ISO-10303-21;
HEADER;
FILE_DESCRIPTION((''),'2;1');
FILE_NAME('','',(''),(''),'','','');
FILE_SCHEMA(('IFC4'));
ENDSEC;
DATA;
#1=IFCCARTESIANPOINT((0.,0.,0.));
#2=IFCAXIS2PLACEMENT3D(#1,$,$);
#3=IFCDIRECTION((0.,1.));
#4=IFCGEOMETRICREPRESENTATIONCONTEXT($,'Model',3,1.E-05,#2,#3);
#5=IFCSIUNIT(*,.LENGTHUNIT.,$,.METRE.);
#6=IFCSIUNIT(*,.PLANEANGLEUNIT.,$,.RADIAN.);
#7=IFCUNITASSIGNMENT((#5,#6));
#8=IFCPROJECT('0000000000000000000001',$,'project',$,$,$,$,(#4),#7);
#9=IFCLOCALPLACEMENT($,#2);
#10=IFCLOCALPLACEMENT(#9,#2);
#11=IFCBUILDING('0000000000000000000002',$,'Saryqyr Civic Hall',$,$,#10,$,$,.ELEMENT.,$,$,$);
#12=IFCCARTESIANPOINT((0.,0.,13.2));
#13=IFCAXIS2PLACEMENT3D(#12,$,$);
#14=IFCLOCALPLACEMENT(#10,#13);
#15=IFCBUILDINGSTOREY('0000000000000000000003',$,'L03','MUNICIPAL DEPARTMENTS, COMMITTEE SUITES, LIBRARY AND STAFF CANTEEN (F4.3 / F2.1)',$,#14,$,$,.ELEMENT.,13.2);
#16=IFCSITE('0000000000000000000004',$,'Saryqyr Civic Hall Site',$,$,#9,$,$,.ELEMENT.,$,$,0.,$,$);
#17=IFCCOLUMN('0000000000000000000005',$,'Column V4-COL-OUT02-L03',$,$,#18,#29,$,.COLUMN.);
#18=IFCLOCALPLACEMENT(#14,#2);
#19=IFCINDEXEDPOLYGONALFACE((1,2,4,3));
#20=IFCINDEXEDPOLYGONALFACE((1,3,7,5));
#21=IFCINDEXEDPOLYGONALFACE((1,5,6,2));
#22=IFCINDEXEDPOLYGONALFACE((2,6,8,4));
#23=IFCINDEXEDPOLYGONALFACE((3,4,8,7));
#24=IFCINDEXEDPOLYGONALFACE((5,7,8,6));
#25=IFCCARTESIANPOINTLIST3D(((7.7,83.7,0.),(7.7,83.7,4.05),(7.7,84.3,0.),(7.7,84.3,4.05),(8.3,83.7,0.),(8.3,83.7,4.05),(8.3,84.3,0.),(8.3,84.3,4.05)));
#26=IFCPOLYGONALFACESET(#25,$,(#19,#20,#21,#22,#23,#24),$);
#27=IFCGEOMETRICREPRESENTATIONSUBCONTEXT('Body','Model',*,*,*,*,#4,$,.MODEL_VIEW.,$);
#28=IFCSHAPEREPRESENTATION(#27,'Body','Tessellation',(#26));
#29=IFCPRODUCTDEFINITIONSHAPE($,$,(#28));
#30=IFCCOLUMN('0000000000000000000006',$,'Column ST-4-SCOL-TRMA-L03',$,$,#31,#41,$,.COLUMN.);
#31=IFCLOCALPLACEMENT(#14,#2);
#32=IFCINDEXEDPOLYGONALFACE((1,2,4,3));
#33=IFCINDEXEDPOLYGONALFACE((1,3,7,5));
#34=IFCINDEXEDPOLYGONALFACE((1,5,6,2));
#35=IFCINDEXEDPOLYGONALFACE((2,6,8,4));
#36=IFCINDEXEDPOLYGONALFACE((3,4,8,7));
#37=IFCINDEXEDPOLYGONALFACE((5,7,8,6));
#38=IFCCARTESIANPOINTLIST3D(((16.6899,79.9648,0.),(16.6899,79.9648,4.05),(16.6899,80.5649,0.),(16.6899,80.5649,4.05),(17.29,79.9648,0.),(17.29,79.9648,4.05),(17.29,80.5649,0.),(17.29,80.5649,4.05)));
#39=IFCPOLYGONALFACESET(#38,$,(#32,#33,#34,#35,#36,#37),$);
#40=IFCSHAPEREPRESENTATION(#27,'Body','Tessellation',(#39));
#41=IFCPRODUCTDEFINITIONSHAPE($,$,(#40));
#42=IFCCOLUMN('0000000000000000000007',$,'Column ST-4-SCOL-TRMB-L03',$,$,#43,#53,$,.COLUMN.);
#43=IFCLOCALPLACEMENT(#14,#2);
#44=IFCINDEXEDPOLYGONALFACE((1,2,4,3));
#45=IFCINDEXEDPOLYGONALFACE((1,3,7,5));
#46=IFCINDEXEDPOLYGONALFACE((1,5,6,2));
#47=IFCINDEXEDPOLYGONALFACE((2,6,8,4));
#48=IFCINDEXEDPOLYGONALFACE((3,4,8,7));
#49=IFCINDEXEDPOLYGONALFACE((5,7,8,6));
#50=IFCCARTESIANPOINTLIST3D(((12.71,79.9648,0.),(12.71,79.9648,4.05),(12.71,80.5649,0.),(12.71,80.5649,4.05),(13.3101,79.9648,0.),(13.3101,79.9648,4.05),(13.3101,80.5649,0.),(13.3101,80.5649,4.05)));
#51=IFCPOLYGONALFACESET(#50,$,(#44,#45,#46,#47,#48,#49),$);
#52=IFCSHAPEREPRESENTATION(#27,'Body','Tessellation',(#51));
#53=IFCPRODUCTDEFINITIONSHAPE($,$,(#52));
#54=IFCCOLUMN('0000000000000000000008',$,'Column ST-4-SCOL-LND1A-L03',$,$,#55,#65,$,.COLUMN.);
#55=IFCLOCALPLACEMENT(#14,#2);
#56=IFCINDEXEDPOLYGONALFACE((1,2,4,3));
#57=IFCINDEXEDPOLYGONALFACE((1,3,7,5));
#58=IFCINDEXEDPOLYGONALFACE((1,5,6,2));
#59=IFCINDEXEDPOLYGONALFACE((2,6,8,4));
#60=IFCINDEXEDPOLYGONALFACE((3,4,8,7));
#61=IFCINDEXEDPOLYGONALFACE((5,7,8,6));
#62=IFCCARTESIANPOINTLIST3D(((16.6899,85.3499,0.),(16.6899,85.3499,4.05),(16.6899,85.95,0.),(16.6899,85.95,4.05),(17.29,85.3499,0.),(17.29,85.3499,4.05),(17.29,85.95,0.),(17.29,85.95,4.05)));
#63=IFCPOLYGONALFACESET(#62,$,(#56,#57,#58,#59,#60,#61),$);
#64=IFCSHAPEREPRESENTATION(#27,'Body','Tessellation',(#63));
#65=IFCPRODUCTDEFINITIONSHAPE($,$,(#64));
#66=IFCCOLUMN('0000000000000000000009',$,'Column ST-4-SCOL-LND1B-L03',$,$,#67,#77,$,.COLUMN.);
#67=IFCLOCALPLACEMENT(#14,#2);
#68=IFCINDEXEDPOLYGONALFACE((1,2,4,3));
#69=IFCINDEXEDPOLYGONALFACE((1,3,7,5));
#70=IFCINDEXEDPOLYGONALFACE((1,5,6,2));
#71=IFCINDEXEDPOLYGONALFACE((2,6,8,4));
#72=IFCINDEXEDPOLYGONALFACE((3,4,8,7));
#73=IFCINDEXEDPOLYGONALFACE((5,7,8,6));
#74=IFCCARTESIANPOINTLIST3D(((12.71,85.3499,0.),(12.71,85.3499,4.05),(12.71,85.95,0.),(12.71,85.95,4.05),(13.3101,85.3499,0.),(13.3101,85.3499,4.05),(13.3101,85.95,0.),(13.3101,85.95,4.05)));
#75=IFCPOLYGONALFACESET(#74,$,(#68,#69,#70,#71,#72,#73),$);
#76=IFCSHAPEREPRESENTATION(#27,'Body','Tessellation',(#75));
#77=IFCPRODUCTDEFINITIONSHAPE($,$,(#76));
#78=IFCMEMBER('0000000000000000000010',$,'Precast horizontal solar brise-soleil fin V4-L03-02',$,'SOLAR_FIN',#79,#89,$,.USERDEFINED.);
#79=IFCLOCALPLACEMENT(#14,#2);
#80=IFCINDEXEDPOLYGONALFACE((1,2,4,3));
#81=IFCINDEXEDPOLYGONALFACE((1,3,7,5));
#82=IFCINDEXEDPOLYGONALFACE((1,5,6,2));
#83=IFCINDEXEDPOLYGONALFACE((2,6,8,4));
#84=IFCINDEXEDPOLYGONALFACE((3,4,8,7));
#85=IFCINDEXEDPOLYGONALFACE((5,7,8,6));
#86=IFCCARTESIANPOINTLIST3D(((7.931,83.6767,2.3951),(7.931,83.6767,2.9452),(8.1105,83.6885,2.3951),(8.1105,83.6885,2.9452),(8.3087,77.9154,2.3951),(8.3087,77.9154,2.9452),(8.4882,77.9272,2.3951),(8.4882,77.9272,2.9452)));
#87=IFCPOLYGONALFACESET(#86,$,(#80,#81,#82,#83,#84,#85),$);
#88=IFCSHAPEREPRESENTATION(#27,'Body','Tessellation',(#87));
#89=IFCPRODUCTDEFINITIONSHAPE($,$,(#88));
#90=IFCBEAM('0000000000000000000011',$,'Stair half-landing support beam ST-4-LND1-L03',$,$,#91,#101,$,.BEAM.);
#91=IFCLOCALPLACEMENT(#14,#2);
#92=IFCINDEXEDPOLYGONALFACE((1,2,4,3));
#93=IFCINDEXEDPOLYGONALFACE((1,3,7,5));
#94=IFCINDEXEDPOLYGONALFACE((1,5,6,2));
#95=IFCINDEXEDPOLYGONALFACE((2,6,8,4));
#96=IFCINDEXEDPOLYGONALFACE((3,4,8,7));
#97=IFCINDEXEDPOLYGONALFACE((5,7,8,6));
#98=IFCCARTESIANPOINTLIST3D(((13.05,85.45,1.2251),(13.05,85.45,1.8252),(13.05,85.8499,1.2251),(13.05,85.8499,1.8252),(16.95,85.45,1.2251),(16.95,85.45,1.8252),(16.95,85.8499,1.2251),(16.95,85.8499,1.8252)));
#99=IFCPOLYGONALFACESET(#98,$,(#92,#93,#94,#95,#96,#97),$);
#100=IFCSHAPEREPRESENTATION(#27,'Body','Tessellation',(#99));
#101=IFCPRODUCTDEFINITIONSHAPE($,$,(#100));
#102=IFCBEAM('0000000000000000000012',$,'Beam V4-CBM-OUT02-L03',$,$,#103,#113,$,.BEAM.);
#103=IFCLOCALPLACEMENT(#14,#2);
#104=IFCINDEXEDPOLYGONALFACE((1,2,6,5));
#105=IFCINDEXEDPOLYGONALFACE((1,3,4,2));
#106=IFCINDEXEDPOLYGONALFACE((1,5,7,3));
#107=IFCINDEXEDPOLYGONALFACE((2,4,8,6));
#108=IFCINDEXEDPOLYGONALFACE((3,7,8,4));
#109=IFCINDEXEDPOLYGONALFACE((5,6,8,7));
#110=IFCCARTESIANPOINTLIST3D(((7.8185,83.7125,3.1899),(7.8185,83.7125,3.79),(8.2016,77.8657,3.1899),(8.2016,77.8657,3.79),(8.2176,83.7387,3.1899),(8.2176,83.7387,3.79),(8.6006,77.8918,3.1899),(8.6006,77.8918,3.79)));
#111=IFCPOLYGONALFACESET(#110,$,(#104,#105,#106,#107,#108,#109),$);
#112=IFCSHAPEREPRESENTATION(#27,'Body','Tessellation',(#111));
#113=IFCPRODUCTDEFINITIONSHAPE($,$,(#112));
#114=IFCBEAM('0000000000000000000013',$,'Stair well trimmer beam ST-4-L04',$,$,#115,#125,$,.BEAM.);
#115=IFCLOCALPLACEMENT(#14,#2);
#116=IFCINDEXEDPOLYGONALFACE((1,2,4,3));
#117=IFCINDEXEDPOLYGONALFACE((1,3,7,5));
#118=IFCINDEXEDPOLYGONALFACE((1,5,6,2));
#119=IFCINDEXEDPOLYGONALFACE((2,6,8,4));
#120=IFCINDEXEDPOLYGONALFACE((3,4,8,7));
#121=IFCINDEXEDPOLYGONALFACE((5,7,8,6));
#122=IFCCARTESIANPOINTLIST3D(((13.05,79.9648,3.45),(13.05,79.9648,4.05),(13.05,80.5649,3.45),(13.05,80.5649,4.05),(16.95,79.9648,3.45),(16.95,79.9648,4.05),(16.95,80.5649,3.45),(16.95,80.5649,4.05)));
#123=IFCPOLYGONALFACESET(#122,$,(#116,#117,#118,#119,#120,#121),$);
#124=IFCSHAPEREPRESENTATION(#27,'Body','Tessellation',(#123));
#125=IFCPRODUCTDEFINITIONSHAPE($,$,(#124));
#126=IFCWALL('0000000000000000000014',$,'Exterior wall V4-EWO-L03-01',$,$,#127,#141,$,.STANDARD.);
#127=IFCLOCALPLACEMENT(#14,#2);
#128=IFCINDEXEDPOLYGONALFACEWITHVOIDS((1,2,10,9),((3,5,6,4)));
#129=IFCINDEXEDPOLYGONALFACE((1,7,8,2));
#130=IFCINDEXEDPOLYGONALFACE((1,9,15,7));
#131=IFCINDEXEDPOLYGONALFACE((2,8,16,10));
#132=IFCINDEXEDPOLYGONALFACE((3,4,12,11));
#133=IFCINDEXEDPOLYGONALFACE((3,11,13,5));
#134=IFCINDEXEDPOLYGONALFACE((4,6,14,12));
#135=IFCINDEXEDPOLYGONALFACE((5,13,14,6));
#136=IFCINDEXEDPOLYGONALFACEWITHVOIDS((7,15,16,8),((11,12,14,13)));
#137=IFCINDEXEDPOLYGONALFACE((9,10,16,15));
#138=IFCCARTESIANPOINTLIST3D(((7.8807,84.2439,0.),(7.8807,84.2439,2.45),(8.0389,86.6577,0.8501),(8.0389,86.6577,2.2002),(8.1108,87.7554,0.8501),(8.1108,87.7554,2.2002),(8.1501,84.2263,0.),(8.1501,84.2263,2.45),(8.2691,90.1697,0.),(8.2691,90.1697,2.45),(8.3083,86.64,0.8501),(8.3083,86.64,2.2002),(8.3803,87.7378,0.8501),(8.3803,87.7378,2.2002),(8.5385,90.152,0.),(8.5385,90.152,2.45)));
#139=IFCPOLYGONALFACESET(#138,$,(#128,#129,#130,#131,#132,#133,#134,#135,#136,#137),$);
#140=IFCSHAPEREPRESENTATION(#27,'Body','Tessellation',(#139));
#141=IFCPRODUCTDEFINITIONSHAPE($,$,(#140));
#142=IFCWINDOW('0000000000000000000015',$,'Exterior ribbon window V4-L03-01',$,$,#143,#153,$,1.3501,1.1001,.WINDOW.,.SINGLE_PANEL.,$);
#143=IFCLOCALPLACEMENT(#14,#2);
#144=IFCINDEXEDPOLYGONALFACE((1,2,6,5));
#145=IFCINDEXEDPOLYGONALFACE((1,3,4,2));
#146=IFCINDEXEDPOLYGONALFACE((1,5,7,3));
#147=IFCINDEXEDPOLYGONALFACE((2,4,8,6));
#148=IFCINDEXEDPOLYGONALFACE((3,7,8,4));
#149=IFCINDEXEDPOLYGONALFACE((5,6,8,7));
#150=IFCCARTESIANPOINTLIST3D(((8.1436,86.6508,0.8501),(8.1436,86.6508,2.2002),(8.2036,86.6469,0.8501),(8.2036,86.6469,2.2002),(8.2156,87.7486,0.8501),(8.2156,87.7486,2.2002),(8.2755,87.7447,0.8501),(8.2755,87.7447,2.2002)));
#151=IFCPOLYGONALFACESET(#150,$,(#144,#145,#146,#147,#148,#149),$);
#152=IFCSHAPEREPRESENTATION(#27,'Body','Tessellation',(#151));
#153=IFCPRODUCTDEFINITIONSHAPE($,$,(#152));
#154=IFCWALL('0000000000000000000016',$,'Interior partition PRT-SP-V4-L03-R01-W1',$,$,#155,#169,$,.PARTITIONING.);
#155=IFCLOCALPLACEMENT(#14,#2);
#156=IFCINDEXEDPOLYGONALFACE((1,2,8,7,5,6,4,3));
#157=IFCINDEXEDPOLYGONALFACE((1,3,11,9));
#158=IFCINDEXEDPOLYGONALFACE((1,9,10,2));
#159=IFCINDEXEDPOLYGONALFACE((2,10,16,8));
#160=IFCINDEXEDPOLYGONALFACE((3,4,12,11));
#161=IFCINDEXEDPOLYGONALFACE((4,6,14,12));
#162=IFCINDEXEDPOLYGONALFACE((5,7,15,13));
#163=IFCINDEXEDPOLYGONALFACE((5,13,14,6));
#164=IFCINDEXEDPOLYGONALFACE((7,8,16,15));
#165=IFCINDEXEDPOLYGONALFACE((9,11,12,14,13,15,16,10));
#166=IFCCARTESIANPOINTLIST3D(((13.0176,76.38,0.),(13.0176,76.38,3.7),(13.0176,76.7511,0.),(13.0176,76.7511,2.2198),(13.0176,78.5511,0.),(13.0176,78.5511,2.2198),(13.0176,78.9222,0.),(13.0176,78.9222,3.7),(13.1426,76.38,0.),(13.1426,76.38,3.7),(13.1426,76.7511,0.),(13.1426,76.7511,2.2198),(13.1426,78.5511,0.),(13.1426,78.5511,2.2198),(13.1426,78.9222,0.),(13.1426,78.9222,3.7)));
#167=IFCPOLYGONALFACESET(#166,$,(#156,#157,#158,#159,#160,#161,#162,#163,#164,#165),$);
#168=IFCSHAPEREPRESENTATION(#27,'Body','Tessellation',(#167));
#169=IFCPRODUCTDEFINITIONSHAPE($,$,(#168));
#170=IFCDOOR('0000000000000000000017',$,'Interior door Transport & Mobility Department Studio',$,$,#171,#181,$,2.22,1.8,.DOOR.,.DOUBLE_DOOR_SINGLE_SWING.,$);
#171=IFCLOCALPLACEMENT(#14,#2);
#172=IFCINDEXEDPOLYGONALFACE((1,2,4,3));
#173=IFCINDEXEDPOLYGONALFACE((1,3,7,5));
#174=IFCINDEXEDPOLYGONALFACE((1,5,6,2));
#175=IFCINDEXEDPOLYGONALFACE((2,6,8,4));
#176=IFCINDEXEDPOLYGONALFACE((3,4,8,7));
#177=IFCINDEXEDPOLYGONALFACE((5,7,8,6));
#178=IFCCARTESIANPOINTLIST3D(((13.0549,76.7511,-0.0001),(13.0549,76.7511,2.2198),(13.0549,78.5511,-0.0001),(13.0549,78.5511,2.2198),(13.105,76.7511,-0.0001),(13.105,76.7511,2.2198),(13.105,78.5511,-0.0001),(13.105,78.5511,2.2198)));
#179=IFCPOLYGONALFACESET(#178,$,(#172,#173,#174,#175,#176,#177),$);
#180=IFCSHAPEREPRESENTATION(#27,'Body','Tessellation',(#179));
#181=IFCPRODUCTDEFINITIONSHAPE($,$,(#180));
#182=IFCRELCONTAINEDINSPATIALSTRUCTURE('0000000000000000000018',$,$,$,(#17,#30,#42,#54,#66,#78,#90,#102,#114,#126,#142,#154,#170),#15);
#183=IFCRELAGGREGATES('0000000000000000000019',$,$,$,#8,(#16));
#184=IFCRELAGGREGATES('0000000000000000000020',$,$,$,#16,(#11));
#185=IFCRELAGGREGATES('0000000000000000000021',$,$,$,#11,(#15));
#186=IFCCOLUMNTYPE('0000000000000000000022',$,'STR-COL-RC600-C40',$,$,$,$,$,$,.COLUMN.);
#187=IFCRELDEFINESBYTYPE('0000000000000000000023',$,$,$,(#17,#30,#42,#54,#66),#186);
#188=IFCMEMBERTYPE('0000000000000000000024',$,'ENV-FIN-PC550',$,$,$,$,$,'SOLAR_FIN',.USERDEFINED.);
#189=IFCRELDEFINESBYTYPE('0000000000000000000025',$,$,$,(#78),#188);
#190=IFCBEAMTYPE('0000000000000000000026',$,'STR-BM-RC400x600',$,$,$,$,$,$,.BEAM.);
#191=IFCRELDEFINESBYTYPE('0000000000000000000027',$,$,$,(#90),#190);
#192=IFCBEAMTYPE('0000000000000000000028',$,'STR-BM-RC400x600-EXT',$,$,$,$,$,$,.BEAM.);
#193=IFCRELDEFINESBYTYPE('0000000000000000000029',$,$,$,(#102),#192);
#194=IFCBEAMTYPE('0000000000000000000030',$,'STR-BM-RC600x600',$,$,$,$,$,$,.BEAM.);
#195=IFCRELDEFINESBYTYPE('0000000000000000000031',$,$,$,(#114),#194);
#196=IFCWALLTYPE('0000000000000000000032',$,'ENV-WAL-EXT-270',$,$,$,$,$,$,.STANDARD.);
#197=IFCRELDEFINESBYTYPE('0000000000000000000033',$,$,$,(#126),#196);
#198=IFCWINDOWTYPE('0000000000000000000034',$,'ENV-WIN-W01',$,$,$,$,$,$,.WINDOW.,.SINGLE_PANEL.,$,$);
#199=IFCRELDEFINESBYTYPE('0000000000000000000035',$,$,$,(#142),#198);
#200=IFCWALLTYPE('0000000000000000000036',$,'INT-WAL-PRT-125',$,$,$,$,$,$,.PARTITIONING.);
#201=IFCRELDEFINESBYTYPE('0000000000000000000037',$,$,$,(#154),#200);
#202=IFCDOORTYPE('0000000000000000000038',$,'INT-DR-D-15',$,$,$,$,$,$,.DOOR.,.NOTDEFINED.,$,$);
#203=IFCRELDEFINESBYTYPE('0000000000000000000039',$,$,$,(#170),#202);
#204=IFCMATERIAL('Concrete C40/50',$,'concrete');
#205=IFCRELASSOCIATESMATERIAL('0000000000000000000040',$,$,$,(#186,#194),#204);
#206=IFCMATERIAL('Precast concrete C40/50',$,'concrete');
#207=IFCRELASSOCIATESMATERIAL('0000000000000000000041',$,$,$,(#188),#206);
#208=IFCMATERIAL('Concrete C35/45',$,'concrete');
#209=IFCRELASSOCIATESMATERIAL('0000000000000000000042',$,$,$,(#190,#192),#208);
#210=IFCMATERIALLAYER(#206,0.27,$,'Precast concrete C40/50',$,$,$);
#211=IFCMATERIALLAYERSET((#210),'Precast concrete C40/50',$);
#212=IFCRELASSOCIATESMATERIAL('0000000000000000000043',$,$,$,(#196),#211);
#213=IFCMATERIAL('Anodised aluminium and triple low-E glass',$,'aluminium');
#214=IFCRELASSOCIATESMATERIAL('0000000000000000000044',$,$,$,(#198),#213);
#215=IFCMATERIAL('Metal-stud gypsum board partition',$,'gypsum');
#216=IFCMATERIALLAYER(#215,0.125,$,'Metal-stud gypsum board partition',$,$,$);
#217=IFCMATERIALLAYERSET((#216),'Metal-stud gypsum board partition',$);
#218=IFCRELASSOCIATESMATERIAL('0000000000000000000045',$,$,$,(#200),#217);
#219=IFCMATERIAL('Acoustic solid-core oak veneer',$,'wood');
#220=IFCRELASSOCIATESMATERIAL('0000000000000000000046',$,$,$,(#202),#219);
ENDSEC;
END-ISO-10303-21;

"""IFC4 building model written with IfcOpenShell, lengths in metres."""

from ifc_helpers import new_model, si_unit, direction, frame, frame_2d, origin, origin_2d, place, context, subcontext, project, spatial, rectangle, extrude, material, layer, layer_set, material_profile, profile_set, type_object, element, fill, save


model = new_model("IFC4")

# Units and contexts
model_context = context("Model", 3, precision=1e-05, world=origin(), true_north=direction((0.0, 1.0)))
body_context = subcontext(model_context, "Body", "Model", "MODEL_VIEW")
ifc_project = project(units=[si_unit("LENGTHUNIT", "METRE"), si_unit("PLANEANGLEUNIT", "RADIAN")], contexts=[model_context])

# Site, building, storey
site_placement = place(None, origin())
site = spatial("IfcSite", under=ifc_project, at=site_placement, Name="Saryqyr Civic Hall Site", CompositionType="ELEMENT", RefElevation=0.0)
building_placement = place(site_placement, origin())
building = spatial("IfcBuilding", under=site, at=building_placement, Name="Saryqyr Civic Hall", CompositionType="ELEMENT")
storey_placement = place(building_placement, frame((0.0, 0.0, 13.2)))
storey = spatial("IfcBuildingStorey", under=building, at=storey_placement, Name="L03", Description="MUNICIPAL DEPARTMENTS, COMMITTEE SUITES, LIBRARY AND STAFF CANTEEN (F4.3 / F2.1)", CompositionType="ELEMENT", Elevation=13.2)

# Columns
ifc_material_1 = material(Name="Concrete C40/50", Category="concrete")
ifc_material_profile_1 = material_profile(ifc_material_1, rectangle(XDim=0.6001, YDim=0.6001, at=origin_2d()), Name="RC 600x600")
ifc_profile_set_1 = profile_set([ifc_material_profile_1], Name="Concrete C40/50")
column_type = type_object("IfcColumnType", Name="STR-COL-RC600-C40", PredefinedType="COLUMN", material=ifc_profile_set_1)
for number, where, z_axis, x_axis, name in (
    (1, (8.0, 84.0, 0.0), (0.0, 0.0, 1.0), (-1.0, 0.0, 0.0), "Column V4-COL-OUT02-L03"),
    (2, (16.99, 80.2649, 0.0), (0.0, 0.0, 1.0), (1.0, 0.0, 0.0), "Column ST-4-SCOL-TRMA-L03"),
    (3, (13.01, 80.2649, 0.0), (0.0, 0.0, 1.0), (1.0, 0.0, 0.0), "Column ST-4-SCOL-TRMB-L03"),
    (4, (16.99, 85.6499, 0.0), (0.0, 0.0, 1.0), (1.0, 0.0, 0.0), "Column ST-4-SCOL-LND1A-L03"),
    (5, (13.01, 85.6499, 0.0), (0.0, 0.0, 1.0), (1.0, 0.0, 0.0), "Column ST-4-SCOL-LND1B-L03"),
):
    element("IfcColumn", number, at=place(storey_placement, frame(where, z_axis=z_axis, x_axis=x_axis)), inside=storey, type_object=column_type, Name=name, PredefinedType="COLUMN", context=body_context, shape_type="SweptSolid", body=[
        extrude(rectangle(XDim=0.6001, YDim=0.6001, at=origin_2d()), origin(), (0.0, 0.0, 1.0), 4.05),
    ])

# Member
ifc_material_2 = material(Name="Precast concrete C40/50", Category="concrete")
ifc_material_profile_2 = material_profile(ifc_material_2, rectangle(XDim=0.1799, YDim=0.55, at=origin_2d()), Name="PC FIN 180x550")
ifc_profile_set_2 = profile_set([ifc_material_profile_2], Name="Precast concrete C40/50")
member_type = type_object("IfcMemberType", Name="ENV-FIN-PC550", ElementType="SOLAR_FIN", PredefinedType="USERDEFINED", material=ifc_profile_set_2)
member_placement = place(storey_placement, frame((8.0208, 83.6826, 2.6702), z_axis=(0.065416, -0.997858, 0.0), x_axis=(0.997858, 0.065416, 0.0)))
element("IfcMember", 6, at=member_placement, inside=storey, type_object=member_type, Name="Precast horizontal solar brise-soleil fin V4-L03-02", ObjectType="SOLAR_FIN", PredefinedType="USERDEFINED", context=body_context, shape_type="SweptSolid", body=[
    extrude(rectangle(XDim=0.1799, YDim=0.55, at=origin_2d()), origin(), (0.0, 0.0, 1.0), 5.7737),
])

# Beams
ifc_material_3 = material(Name="Concrete C35/45", Category="concrete")
ifc_material_profile_3 = material_profile(ifc_material_3, rectangle(XDim=0.3999, YDim=0.6001, at=origin_2d()), Name="RC 400x600")
ifc_profile_set_3 = profile_set([ifc_material_profile_3], Name="Concrete C35/45")
beam_type_1 = type_object("IfcBeamType", Name="STR-BM-RC400x600", PredefinedType="BEAM", material=ifc_profile_set_3)
beam_1_placement = place(storey_placement, frame((16.95, 85.6499, 1.5251), z_axis=(-1.0, 0.0, 0.0), x_axis=(0.0, -1.0, 0.0)))
element("IfcBeam", 7, at=beam_1_placement, inside=storey, type_object=beam_type_1, Name="Stair half-landing support beam ST-4-LND1-L03", PredefinedType="BEAM", context=body_context, shape_type="SweptSolid", body=[
    extrude(rectangle(XDim=0.3999, YDim=0.6001, at=origin_2d()), origin(), (0.0, 0.0, 1.0), 3.8999),
])
ifc_material_profile_4 = material_profile(ifc_material_3, rectangle(XDim=0.3999, YDim=0.6001, at=origin_2d()), Name="RC 400x600")
ifc_profile_set_4 = profile_set([ifc_material_profile_4], Name="Concrete C35/45")
beam_type_2 = type_object("IfcBeamType", Name="STR-BM-RC400x600-EXT", PredefinedType="BEAM", material=ifc_profile_set_4)
beam_2_placement = place(storey_placement, frame((8.0181, 83.7256, 3.49), z_axis=(0.065374, -0.997861, 0.0), x_axis=(0.997861, 0.065374, 0.0)))
element("IfcBeam", 8, at=beam_2_placement, inside=storey, type_object=beam_type_2, Name="Beam V4-CBM-OUT02-L03", PredefinedType="BEAM", context=body_context, shape_type="SweptSolid", body=[
    extrude(rectangle(XDim=0.3999, YDim=0.6001, at=origin_2d()), origin(), (0.0, 0.0, 1.0), 5.8594),
])
ifc_material_profile_5 = material_profile(ifc_material_1, rectangle(XDim=0.6001, YDim=0.6001, at=origin_2d()), Name="RC 600x600")
ifc_profile_set_5 = profile_set([ifc_material_profile_5], Name="Concrete C40/50")
beam_type_3 = type_object("IfcBeamType", Name="STR-BM-RC600x600", PredefinedType="BEAM", material=ifc_profile_set_5)
beam_3_placement = place(storey_placement, frame((16.95, 80.2649, 3.75), z_axis=(-1.0, 0.0, 0.0), x_axis=(0.0, -1.0, 0.0)))
element("IfcBeam", 9, at=beam_3_placement, inside=storey, type_object=beam_type_3, Name="Stair well trimmer beam ST-4-L04", PredefinedType="BEAM", context=body_context, shape_type="SweptSolid", body=[
    extrude(rectangle(XDim=0.6001, YDim=0.6001, at=origin_2d()), origin(), (0.0, 0.0, 1.0), 3.8999),
])

# Wall, opening, window
ifc_layer_1 = layer(ifc_material_2, 0.27, Name="Precast concrete C40/50")
ifc_layer_set_1 = layer_set([ifc_layer_1], Name="Precast concrete C40/50")
wall_type_1 = type_object("IfcWallType", Name="ENV-WAL-EXT-270", PredefinedType="STANDARD", material=ifc_layer_set_1)
wall_1_placement = place(storey_placement, frame((8.0154, 84.2351, 0.0), z_axis=(0.0, 0.0, 1.0), x_axis=(0.065408, 0.997859, 0.0)))
wall_1 = element("IfcWall", 10, at=wall_1_placement, inside=storey, type_object=wall_type_1, Name="Exterior wall V4-EWO-L03-01", PredefinedType="STANDARD", context=body_context, shape_type="SweptSolid", body=[
    extrude(rectangle(XDim=5.9385, YDim=0.27, at=frame_2d((2.9692, 0.0))), origin(), (0.0, 0.0, 1.0), 2.45),
])
opening_1_placement = place(wall_1_placement, frame((2.4189, 0.0, 0.8501)))
opening_1 = element("IfcOpeningElement", 11, at=opening_1_placement, cuts=wall_1, PredefinedType="OPENING", context=body_context, shape_type="SweptSolid", body=[
    extrude(rectangle(XDim=1.1001, YDim=1.3501, at=frame_2d((0.55, 0.675))), frame((0.0, 0.145, 0.0), z_axis=(0.0, -1.0, 0.0), x_axis=(1.0, 0.0, 0.0)), (0.0, 0.0, 1.0), 0.29),
])
ifc_material_4 = material(Name="Anodised aluminium and triple low-E glass", Category="aluminium")
window_type = type_object("IfcWindowType", Name="ENV-WIN-W01", PartitioningType="SINGLE_PANEL", PredefinedType="WINDOW", material=ifc_material_4)
window_placement = place(opening_1_placement, origin())
window = element("IfcWindow", 12, at=window_placement, inside=storey, type_object=window_type, Name="Exterior ribbon window V4-L03-01", OverallHeight=1.3501, OverallWidth=1.1001, PartitioningType="SINGLE_PANEL", PredefinedType="WINDOW", context=body_context, shape_type="SweptSolid", body=[
    extrude(rectangle(XDim=1.1001, YDim=1.3501, at=frame_2d((0.55, 0.675))), frame((0.0, 0.03, 0.0), z_axis=(0.0, -1.0, 0.0), x_axis=(1.0, 0.0, 0.0)), (0.0, 0.0, 1.0), 0.0601),
])
fill(opening_1, window)

# Wall, opening, door
ifc_material_5 = material(Name="Metal-stud gypsum board partition", Category="gypsum")
ifc_layer_2 = layer(ifc_material_5, 0.125, Name="Metal-stud gypsum board partition")
ifc_layer_set_2 = layer_set([ifc_layer_2], Name="Metal-stud gypsum board partition")
wall_type_2 = type_object("IfcWallType", Name="INT-WAL-PRT-125", PredefinedType="PARTITIONING", material=ifc_layer_set_2)
wall_2_placement = place(storey_placement, frame((13.0801, 78.9221, 0.0), z_axis=(0.0, 0.0, 1.0), x_axis=(0.0, -1.0, 0.0)))
wall_2 = element("IfcWall", 13, at=wall_2_placement, inside=storey, type_object=wall_type_2, Name="Interior partition PRT-SP-V4-L03-R01-W1", PredefinedType="PARTITIONING", context=body_context, shape_type="SweptSolid", body=[
    extrude(rectangle(XDim=2.5422, YDim=0.125, at=frame_2d((1.271, 0.0))), origin(), (0.0, 0.0, 1.0), 3.7),
])
opening_2_placement = place(wall_2_placement, frame((0.3711, 0.0, 0.0)))
opening_2 = element("IfcOpeningElement", 14, at=opening_2_placement, cuts=wall_2, PredefinedType="OPENING", context=body_context, shape_type="SweptSolid", body=[
    extrude(rectangle(XDim=1.8, YDim=2.22, at=frame_2d((0.8999, 1.1099))), frame((0.0, 0.0725, 0.0), z_axis=(0.0, -1.0, 0.0), x_axis=(1.0, 0.0, 0.0)), (0.0, 0.0, 1.0), 0.145),
])
ifc_material_6 = material(Name="Acoustic solid-core oak veneer", Category="wood")
door_type_1 = type_object("IfcDoorType", Name="INT-DR-D-15", OperationType="NOTDEFINED", PredefinedType="DOOR", material=ifc_material_6)
door_1_placement = place(opening_2_placement, origin())
door_1 = element("IfcDoor", 15, at=door_1_placement, inside=storey, type_object=door_type_1, Name="Interior door Transport & Mobility Department Studio", OperationType="DOUBLE_DOOR_SINGLE_SWING", OverallHeight=2.22, OverallWidth=1.8, PredefinedType="DOOR", context=body_context, shape_type="SweptSolid", body=[
    extrude(rectangle(XDim=1.8, YDim=2.22, at=frame_2d((0.8999, 1.1099))), frame((0.0, 0.0249, 0.0), z_axis=(0.0, -1.0, 0.0), x_axis=(1.0, 0.0, 0.0)), (0.0, 0.0, 1.0), 0.05),
])
fill(opening_2, door_1)

save(model, "model.ifc")
